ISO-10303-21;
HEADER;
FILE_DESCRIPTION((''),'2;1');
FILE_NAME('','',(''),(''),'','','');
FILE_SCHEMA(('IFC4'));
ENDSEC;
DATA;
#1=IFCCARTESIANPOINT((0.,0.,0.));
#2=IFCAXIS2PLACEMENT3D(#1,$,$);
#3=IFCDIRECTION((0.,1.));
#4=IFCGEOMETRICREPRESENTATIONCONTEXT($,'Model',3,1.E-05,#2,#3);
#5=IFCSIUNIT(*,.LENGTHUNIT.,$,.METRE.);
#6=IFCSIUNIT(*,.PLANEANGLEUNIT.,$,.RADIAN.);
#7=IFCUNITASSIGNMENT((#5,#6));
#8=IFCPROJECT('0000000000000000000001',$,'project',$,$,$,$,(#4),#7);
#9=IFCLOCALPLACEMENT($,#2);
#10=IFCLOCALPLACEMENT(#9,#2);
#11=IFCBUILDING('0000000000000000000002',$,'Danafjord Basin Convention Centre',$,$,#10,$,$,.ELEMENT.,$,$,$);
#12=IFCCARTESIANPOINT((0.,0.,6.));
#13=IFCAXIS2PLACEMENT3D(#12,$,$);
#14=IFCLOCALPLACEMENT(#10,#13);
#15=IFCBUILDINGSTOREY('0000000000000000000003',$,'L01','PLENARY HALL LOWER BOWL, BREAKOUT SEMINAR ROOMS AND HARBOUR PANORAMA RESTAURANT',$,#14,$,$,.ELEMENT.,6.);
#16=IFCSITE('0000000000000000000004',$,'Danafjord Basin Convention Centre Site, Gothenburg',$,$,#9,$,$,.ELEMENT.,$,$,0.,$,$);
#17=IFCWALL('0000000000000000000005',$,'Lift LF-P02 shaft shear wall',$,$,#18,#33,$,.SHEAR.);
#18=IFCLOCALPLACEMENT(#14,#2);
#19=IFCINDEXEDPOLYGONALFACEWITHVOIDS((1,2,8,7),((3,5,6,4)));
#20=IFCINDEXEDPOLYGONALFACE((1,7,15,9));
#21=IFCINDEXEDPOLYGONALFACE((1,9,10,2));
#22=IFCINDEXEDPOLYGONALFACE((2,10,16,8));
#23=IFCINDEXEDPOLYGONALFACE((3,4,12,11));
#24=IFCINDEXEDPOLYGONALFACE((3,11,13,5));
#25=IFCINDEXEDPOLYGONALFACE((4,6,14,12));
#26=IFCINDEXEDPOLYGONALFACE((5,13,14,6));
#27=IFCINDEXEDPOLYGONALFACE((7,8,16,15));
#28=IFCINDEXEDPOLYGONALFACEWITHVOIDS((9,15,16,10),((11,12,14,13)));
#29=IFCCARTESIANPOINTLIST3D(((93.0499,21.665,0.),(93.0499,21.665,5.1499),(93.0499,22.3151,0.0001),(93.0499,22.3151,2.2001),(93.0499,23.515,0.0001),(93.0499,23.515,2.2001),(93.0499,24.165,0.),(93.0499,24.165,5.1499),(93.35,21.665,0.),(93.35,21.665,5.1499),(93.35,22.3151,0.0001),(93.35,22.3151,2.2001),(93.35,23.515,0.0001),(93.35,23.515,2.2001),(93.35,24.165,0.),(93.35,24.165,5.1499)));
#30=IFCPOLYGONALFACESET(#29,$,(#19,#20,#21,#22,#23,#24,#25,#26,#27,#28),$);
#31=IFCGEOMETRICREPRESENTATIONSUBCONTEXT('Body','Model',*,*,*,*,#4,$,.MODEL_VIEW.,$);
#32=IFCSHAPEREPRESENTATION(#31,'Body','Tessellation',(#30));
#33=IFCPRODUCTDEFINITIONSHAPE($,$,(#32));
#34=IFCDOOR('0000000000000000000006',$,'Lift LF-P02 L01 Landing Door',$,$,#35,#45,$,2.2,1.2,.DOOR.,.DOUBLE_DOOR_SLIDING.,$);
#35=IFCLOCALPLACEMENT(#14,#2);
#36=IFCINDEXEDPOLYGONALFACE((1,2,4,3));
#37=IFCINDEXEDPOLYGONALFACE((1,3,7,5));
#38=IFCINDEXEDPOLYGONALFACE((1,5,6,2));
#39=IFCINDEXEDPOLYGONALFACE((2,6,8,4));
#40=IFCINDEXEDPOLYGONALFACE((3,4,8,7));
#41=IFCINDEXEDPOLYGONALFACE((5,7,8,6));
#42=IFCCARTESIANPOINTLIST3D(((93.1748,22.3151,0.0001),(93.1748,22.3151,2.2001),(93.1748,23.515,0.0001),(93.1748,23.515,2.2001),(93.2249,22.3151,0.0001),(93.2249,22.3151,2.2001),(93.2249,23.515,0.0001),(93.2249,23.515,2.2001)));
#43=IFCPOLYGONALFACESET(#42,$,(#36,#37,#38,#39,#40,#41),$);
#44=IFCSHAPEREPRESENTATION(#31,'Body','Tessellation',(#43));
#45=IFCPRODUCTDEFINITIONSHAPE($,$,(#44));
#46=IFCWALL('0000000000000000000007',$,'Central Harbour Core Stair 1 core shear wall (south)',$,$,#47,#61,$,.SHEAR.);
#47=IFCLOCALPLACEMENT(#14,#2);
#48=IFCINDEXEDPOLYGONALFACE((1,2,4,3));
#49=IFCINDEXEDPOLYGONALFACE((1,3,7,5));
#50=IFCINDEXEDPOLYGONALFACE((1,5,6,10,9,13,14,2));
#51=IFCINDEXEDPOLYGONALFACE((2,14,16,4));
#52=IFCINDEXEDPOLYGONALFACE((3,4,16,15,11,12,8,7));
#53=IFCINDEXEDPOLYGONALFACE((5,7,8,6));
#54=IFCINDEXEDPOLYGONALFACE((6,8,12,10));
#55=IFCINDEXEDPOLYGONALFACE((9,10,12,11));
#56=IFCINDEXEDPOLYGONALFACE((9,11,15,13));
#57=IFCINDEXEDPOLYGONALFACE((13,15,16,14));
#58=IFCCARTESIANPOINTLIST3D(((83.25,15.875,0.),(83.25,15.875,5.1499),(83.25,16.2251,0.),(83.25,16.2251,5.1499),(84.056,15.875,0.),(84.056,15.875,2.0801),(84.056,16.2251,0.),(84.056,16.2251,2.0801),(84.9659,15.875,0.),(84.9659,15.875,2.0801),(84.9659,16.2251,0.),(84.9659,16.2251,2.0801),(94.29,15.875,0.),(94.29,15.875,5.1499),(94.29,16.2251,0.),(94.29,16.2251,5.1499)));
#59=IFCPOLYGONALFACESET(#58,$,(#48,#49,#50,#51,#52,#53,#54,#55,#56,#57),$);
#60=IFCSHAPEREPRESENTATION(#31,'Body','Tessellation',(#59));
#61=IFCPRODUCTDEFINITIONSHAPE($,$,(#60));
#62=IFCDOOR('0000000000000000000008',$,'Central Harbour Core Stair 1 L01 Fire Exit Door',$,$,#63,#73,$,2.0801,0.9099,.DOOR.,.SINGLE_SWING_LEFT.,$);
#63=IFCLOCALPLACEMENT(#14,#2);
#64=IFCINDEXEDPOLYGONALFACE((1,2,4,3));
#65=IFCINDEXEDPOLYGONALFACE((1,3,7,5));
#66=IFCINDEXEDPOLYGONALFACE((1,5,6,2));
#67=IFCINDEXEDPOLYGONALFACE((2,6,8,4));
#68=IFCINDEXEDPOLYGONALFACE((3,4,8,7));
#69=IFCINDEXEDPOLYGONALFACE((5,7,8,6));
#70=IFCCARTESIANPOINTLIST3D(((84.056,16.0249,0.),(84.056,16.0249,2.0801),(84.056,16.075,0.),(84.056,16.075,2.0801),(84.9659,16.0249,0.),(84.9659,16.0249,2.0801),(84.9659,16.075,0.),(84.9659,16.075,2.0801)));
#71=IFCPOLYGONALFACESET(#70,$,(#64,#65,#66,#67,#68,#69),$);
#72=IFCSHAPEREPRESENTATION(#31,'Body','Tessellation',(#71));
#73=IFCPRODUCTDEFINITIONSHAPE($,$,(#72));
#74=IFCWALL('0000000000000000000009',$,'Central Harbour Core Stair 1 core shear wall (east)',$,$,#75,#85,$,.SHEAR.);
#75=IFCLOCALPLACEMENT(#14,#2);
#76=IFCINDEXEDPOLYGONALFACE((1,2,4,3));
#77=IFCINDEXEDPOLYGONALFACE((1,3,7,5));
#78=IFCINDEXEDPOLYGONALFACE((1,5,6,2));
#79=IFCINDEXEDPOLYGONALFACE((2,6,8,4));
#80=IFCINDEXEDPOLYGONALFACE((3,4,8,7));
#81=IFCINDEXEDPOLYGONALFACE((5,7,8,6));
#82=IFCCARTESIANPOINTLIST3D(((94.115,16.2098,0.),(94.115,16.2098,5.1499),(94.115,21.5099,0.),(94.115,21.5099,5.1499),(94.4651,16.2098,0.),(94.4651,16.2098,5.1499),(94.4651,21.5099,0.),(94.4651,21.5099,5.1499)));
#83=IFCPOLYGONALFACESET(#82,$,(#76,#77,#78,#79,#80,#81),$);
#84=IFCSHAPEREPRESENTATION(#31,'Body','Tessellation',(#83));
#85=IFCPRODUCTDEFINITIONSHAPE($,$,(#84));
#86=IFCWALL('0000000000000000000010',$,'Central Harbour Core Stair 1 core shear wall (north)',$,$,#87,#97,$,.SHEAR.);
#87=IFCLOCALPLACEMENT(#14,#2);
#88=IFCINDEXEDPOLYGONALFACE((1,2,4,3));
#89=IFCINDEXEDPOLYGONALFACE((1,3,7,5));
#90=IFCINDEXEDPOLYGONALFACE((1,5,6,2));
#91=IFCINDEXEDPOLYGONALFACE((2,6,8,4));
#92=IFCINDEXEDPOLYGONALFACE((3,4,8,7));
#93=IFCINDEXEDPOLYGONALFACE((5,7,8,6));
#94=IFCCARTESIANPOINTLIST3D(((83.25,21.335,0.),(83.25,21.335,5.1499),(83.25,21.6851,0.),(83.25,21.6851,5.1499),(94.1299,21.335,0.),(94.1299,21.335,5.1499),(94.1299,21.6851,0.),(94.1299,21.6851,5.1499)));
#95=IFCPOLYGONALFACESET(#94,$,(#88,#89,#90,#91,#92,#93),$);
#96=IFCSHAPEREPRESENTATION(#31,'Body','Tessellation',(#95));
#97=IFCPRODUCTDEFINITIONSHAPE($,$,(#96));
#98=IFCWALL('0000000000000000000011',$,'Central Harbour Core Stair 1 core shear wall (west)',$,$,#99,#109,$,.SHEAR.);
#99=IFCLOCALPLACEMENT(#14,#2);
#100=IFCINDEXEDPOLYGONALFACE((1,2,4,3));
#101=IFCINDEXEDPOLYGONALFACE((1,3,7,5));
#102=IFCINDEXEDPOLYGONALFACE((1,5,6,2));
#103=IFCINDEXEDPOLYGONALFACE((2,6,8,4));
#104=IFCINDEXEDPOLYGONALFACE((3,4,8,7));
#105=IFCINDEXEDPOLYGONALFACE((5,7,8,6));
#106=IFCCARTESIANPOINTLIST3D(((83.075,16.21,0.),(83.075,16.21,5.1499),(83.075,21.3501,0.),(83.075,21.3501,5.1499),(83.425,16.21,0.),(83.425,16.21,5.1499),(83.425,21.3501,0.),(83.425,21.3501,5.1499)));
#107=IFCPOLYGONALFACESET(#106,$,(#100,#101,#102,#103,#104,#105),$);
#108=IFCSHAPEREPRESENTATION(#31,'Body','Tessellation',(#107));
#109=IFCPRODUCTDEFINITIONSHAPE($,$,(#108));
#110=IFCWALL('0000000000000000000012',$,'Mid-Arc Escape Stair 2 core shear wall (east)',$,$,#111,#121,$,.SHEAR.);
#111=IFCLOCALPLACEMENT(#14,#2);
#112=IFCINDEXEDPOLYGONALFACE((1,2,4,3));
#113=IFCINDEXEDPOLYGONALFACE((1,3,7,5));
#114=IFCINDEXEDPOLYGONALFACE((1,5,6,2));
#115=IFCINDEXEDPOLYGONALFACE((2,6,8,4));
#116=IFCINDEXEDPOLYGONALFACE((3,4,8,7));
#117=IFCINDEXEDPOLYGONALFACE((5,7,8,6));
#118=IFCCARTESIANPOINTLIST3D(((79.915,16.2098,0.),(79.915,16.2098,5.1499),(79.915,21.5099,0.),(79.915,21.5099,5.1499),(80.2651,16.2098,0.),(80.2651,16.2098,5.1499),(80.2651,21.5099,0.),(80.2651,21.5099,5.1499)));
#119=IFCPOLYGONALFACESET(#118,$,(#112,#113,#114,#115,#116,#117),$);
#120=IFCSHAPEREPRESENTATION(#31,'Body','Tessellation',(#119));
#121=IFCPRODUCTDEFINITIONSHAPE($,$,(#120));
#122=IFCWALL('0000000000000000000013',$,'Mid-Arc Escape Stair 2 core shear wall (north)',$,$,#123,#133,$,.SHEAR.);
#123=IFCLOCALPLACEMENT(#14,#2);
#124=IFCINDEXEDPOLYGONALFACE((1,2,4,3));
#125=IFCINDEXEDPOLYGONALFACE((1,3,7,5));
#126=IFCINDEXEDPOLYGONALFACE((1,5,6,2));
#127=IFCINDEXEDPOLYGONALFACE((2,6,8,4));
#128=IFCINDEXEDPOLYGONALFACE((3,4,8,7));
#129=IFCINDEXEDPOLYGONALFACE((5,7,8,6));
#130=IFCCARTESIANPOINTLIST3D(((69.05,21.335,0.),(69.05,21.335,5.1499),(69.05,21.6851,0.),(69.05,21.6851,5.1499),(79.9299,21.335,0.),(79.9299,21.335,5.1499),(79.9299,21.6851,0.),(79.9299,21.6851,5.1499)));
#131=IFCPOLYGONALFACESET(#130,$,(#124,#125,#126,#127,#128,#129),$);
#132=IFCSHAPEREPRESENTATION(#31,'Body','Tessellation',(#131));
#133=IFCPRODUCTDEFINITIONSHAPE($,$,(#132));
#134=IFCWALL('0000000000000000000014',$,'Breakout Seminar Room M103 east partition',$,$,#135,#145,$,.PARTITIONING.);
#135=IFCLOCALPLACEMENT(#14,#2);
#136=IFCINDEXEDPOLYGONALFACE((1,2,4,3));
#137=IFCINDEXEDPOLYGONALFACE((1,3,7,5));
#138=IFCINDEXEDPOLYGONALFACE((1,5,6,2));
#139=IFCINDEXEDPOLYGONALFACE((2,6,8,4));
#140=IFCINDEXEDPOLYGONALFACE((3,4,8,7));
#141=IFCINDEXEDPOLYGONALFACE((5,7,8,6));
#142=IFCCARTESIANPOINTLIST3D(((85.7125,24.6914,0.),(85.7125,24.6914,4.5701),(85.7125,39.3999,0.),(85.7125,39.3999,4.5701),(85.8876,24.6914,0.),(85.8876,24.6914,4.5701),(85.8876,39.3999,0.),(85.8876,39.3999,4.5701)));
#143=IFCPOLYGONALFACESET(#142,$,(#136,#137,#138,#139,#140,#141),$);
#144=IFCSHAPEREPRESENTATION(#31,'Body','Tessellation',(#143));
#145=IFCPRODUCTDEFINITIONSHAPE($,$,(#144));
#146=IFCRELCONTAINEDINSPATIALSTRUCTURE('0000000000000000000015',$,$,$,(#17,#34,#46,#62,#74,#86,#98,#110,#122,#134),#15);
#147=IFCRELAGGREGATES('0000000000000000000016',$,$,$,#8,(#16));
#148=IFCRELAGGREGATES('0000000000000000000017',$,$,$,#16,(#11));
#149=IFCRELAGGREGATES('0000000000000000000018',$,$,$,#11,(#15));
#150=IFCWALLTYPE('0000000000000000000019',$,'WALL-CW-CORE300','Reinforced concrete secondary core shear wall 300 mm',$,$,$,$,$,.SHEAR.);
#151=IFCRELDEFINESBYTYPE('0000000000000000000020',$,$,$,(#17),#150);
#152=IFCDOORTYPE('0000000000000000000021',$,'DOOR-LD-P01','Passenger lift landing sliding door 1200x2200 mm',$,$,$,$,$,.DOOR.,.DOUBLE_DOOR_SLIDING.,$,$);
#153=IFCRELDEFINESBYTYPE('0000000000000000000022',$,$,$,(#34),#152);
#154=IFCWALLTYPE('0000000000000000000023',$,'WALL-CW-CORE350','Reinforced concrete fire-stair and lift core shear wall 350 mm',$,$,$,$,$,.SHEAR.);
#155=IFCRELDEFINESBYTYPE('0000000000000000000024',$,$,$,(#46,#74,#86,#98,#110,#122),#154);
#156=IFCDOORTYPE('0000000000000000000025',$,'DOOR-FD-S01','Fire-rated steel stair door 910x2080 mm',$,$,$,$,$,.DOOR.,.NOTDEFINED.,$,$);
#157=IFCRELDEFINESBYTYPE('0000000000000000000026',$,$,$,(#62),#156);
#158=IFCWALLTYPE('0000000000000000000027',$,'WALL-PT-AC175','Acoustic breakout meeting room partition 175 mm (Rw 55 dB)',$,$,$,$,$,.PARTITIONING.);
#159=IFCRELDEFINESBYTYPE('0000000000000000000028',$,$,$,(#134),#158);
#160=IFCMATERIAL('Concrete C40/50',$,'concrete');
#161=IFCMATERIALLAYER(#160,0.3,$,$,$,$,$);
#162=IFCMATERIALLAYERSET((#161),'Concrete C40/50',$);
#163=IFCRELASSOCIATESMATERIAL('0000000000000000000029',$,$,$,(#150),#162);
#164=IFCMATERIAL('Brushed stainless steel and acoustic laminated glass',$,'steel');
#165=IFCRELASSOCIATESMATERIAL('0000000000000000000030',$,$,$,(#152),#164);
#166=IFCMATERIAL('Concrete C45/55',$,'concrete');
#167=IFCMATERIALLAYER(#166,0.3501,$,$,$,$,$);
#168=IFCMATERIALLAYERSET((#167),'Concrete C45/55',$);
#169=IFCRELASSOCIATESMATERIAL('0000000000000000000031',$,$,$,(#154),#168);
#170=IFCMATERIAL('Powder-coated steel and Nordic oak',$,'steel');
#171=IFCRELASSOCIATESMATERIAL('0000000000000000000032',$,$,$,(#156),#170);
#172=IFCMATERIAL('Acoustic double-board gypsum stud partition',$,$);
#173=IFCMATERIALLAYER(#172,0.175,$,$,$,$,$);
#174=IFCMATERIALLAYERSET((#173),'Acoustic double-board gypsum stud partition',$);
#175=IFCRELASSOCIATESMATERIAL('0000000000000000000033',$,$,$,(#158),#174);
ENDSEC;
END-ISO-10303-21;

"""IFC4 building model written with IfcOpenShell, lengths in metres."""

from ifc_helpers import new_model, si_unit, direction, frame, frame_2d, origin, place, context, subcontext, project, spatial, rectangle, extrude, material, layer, layer_set, type_object, element, fill, save


model = new_model("IFC4")

# Units and contexts
model_context = context("Model", 3, precision=1e-05, world=origin(), true_north=direction((0.0, 1.0)))
body_context = subcontext(model_context, "Body", "Model", "MODEL_VIEW")
ifc_project = project(units=[si_unit("LENGTHUNIT", "METRE"), si_unit("PLANEANGLEUNIT", "RADIAN")], contexts=[model_context])

# Site, building, storey
site_placement = place(None, origin())
site = spatial("IfcSite", under=ifc_project, at=site_placement, Name="Danafjord Basin Convention Centre Site, Gothenburg", CompositionType="ELEMENT", RefElevation=0.0)
building_placement = place(site_placement, origin())
building = spatial("IfcBuilding", under=site, at=building_placement, Name="Danafjord Basin Convention Centre", CompositionType="ELEMENT")
storey_placement = place(building_placement, frame((0.0, 0.0, 6.0)))
storey = spatial("IfcBuildingStorey", under=building, at=storey_placement, Name="L01", Description="PLENARY HALL LOWER BOWL, BREAKOUT SEMINAR ROOMS AND HARBOUR PANORAMA RESTAURANT", CompositionType="ELEMENT", Elevation=6.0)

# Shared definitions
ifc_material_1 = material(Name="Concrete C40/50", Category="concrete")
ifc_layer_1 = layer(ifc_material_1, 0.3)
ifc_layer_set_1 = layer_set([ifc_layer_1], Name="Concrete C40/50")
wall_type_1 = type_object("IfcWallType", Name="WALL-CW-CORE300", Description="Reinforced concrete secondary core shear wall 300 mm", PredefinedType="SHEAR", material=ifc_layer_set_1)

# Shared definitions
ifc_material_2 = material(Name="Brushed stainless steel and acoustic laminated glass", Category="steel")

# Walls, openings, doors
wall_1_placement = place(storey_placement, frame((93.2, 24.165, 0.0), z_axis=(0.0, 0.0, 1.0), x_axis=(0.0, -1.0, 0.0)))
wall_1 = element("IfcWall", 1, at=wall_1_placement, inside=storey, type_object=wall_type_1, Name="Lift LF-P02 shaft shear wall", PredefinedType="SHEAR", context=body_context, shape_type="SweptSolid", body=[
    extrude(rectangle(XDim=2.5, YDim=0.3, at=frame_2d((1.25, 0.0))), origin(), (0.0, 0.0, 1.0), 5.1499),
])
opening_1_placement = place(wall_1_placement, frame((0.6499, 0.0, 0.0)))
opening_1 = element("IfcOpeningElement", 2, at=opening_1_placement, cuts=wall_1, PredefinedType="OPENING", context=body_context, shape_type="SweptSolid", body=[
    extrude(rectangle(XDim=1.2, YDim=2.2, at=frame_2d((0.6001, 1.1001))), frame((0.0, 0.1599, 0.0), z_axis=(0.0, -1.0, 0.0), x_axis=(1.0, 0.0, 0.0)), (0.0, 0.0, 1.0), 0.3201),
])
door_type_1 = type_object("IfcDoorType", Name="DOOR-LD-P01", Description="Passenger lift landing sliding door 1200x2200 mm", OperationType="DOUBLE_DOOR_SLIDING", PredefinedType="DOOR", material=ifc_material_2)
door_1_placement = place(opening_1_placement, origin())
door_1 = element("IfcDoor", 3, at=door_1_placement, inside=storey, type_object=door_type_1, Name="Lift LF-P02 L01 Landing Door", OperationType="DOUBLE_DOOR_SLIDING", OverallHeight=2.2, OverallWidth=1.2, PredefinedType="DOOR", context=body_context, shape_type="SweptSolid", body=[
    extrude(rectangle(XDim=1.2, YDim=2.2, at=frame_2d((0.6001, 1.1001))), frame((0.0, 0.0249, 0.0), z_axis=(0.0, -1.0, 0.0), x_axis=(1.0, 0.0, 0.0)), (0.0, 0.0, 1.0), 0.05),
])
fill(opening_1, door_1)
ifc_material_3 = material(Name="Concrete C45/55", Category="concrete")
ifc_layer_2 = layer(ifc_material_3, 0.3501)
ifc_layer_set_2 = layer_set([ifc_layer_2], Name="Concrete C45/55")
wall_type_2 = type_object("IfcWallType", Name="WALL-CW-CORE350", Description="Reinforced concrete fire-stair and lift core shear wall 350 mm", PredefinedType="SHEAR", material=ifc_layer_set_2)
wall_2_placement = place(storey_placement, frame((83.25, 16.05, 0.0), z_axis=(0.0, 0.0, 1.0), x_axis=(1.0, 0.0, 0.0)))
wall_2 = element("IfcWall", 4, at=wall_2_placement, inside=storey, type_object=wall_type_2, Name="Central Harbour Core Stair 1 core shear wall (south)", PredefinedType="SHEAR", context=body_context, shape_type="SweptSolid", body=[
    extrude(rectangle(XDim=11.04, YDim=0.3501, at=frame_2d((5.52, 0.0))), origin(), (0.0, 0.0, 1.0), 5.1499),
])
opening_2_placement = place(wall_2_placement, frame((0.8059, 0.0, 0.0)))
opening_2 = element("IfcOpeningElement", 5, at=opening_2_placement, cuts=wall_2, PredefinedType="OPENING", context=body_context, shape_type="SweptSolid", body=[
    extrude(rectangle(XDim=0.9099, YDim=2.0801, at=frame_2d((0.4551, 1.04))), frame((0.0, 0.1851, 0.0), z_axis=(0.0, -1.0, 0.0), x_axis=(1.0, 0.0, 0.0)), (0.0, 0.0, 1.0), 0.3701),
])
ifc_material_4 = material(Name="Powder-coated steel and Nordic oak", Category="steel")
door_type_2 = type_object("IfcDoorType", Name="DOOR-FD-S01", Description="Fire-rated steel stair door 910x2080 mm", OperationType="NOTDEFINED", PredefinedType="DOOR", material=ifc_material_4)
door_2_placement = place(opening_2_placement, origin())
door_2 = element("IfcDoor", 6, at=door_2_placement, inside=storey, type_object=door_type_2, Name="Central Harbour Core Stair 1 L01 Fire Exit Door", OperationType="SINGLE_SWING_LEFT", OverallHeight=2.0801, OverallWidth=0.9099, PredefinedType="DOOR", context=body_context, shape_type="SweptSolid", body=[
    extrude(rectangle(XDim=0.9099, YDim=2.0801, at=frame_2d((0.4551, 1.04))), frame((0.0, 0.0249, 0.0), z_axis=(0.0, -1.0, 0.0), x_axis=(1.0, 0.0, 0.0)), (0.0, 0.0, 1.0), 0.05),
])
fill(opening_2, door_2)

# Walls
wall_3_placement = place(storey_placement, frame((94.29, 16.21, 0.0), z_axis=(0.0, 0.0, 1.0), x_axis=(0.0, 1.0, 0.0)))
element("IfcWall", 7, at=wall_3_placement, inside=storey, type_object=wall_type_2, Name="Central Harbour Core Stair 1 core shear wall (east)", PredefinedType="SHEAR", context=body_context, shape_type="SweptSolid", body=[
    extrude(rectangle(XDim=5.3, YDim=0.3501, at=frame_2d((2.6499, 0.0))), origin(), (0.0, 0.0, 1.0), 5.1499),
])
wall_4_placement = place(storey_placement, frame((94.1299, 21.51, 0.0), z_axis=(0.0, 0.0, 1.0), x_axis=(-1.0, 0.0, 0.0)))
element("IfcWall", 8, at=wall_4_placement, inside=storey, type_object=wall_type_2, Name="Central Harbour Core Stair 1 core shear wall (north)", PredefinedType="SHEAR", context=body_context, shape_type="SweptSolid", body=[
    extrude(rectangle(XDim=10.8799, YDim=0.3501, at=frame_2d((5.4399, 0.0))), origin(), (0.0, 0.0, 1.0), 5.1499),
])
wall_5_placement = place(storey_placement, frame((83.25, 21.3501, 0.0), z_axis=(0.0, 0.0, 1.0), x_axis=(0.0, -1.0, 0.0)))
element("IfcWall", 9, at=wall_5_placement, inside=storey, type_object=wall_type_2, Name="Central Harbour Core Stair 1 core shear wall (west)", PredefinedType="SHEAR", context=body_context, shape_type="SweptSolid", body=[
    extrude(rectangle(XDim=5.1401, YDim=0.3501, at=frame_2d((2.5701, 0.0))), origin(), (0.0, 0.0, 1.0), 5.1499),
])
wall_6_placement = place(storey_placement, frame((80.0901, 16.21, 0.0), z_axis=(0.0, 0.0, 1.0), x_axis=(0.0, 1.0, 0.0)))
element("IfcWall", 10, at=wall_6_placement, inside=storey, type_object=wall_type_2, Name="Mid-Arc Escape Stair 2 core shear wall (east)", PredefinedType="SHEAR", context=body_context, shape_type="SweptSolid", body=[
    extrude(rectangle(XDim=5.3, YDim=0.3501, at=frame_2d((2.6499, 0.0))), origin(), (0.0, 0.0, 1.0), 5.1499),
])
wall_7_placement = place(storey_placement, frame((79.9299, 21.51, 0.0), z_axis=(0.0, 0.0, 1.0), x_axis=(-1.0, 0.0, 0.0)))
element("IfcWall", 11, at=wall_7_placement, inside=storey, type_object=wall_type_2, Name="Mid-Arc Escape Stair 2 core shear wall (north)", PredefinedType="SHEAR", context=body_context, shape_type="SweptSolid", body=[
    extrude(rectangle(XDim=10.8799, YDim=0.3501, at=frame_2d((5.4399, 0.0))), origin(), (0.0, 0.0, 1.0), 5.1499),
])
ifc_material_5 = material(Name="Acoustic double-board gypsum stud partition")
ifc_layer_3 = layer(ifc_material_5, 0.175)
ifc_layer_set_3 = layer_set([ifc_layer_3], Name="Acoustic double-board gypsum stud partition")
wall_type_3 = type_object("IfcWallType", Name="WALL-PT-AC175", Description="Acoustic breakout meeting room partition 175 mm (Rw 55 dB)", PredefinedType="PARTITIONING", material=ifc_layer_set_3)
wall_8_placement = place(storey_placement, frame((85.8, 24.6914, 0.0), z_axis=(0.0, 0.0, 1.0), x_axis=(0.0, 1.0, 0.0)))
element("IfcWall", 12, at=wall_8_placement, inside=storey, type_object=wall_type_3, Name="Breakout Seminar Room M103 east partition", PredefinedType="PARTITIONING", context=body_context, shape_type="SweptSolid", body=[
    extrude(rectangle(XDim=14.7085, YDim=0.175, at=frame_2d((7.3542, 0.0))), origin(), (0.0, 0.0, 1.0), 4.5701),
])

save(model, "model.ifc")
